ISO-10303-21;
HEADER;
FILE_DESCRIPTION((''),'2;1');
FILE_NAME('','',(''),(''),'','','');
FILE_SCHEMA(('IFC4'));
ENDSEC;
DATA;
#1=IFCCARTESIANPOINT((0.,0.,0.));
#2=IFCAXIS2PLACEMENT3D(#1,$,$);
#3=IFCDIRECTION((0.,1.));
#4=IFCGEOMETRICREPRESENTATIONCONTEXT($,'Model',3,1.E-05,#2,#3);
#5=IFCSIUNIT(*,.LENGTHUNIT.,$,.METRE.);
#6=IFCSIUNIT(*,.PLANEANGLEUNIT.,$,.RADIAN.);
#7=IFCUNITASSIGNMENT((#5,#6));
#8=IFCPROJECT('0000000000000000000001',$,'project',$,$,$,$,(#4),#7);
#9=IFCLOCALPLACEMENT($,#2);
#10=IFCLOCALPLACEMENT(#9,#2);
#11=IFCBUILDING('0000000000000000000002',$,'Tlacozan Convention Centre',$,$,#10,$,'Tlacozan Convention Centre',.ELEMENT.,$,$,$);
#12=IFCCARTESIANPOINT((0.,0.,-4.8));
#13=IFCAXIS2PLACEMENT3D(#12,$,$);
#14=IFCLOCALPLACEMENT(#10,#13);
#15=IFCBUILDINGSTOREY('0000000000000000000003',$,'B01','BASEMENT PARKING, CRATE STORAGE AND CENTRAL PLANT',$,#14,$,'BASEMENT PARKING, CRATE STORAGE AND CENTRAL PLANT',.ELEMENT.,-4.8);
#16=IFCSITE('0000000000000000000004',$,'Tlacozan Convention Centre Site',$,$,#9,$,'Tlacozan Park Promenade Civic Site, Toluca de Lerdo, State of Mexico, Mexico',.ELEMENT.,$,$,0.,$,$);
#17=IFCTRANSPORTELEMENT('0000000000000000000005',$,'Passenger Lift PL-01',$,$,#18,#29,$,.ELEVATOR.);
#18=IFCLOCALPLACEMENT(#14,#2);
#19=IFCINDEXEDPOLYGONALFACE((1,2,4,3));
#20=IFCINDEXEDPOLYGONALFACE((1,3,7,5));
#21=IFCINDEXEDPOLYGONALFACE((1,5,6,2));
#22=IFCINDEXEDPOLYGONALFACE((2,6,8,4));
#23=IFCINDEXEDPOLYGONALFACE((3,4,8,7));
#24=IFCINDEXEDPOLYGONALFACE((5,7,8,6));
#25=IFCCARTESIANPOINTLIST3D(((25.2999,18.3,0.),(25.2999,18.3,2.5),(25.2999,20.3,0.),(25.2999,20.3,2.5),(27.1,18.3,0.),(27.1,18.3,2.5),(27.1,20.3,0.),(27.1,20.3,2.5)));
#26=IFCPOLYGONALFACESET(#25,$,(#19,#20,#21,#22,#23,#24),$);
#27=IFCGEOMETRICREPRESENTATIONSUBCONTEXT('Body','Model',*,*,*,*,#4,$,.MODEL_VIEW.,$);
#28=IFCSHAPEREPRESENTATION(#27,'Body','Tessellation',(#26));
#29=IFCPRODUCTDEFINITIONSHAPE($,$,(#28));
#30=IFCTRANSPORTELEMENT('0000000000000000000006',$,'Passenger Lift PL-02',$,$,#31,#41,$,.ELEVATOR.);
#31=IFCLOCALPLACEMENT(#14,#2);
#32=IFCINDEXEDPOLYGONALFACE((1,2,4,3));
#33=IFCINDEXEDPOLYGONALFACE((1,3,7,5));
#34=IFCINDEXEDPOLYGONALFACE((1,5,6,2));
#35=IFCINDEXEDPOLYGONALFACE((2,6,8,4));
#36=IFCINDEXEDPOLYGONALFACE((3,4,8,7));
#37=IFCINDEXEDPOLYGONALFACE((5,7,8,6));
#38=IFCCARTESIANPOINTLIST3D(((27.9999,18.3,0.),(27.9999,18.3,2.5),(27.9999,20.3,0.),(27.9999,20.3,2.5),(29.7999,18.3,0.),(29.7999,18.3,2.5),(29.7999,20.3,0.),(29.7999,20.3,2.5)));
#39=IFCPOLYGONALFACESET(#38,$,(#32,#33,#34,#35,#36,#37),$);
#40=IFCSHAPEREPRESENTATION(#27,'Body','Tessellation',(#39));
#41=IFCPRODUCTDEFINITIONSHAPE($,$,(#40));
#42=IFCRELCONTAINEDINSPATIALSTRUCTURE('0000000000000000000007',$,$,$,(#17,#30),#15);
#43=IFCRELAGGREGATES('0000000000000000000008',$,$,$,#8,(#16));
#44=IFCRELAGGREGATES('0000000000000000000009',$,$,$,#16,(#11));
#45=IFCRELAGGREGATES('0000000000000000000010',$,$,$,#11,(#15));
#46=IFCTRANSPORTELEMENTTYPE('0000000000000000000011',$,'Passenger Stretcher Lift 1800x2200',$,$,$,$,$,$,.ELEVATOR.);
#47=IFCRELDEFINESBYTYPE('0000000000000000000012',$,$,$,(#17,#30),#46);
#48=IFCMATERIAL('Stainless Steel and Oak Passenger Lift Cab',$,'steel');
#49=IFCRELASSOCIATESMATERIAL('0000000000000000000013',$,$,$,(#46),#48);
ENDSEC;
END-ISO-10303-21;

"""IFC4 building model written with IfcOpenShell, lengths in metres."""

from ifc_helpers import new_model, si_unit, direction, frame, origin, origin_2d, place, context, subcontext, project, spatial, rectangle, extrude, material, type_object, element, save


model = new_model("IFC4")

# Units and contexts
model_context = context("Model", 3, precision=1e-05, world=origin(), true_north=direction((0.0, 1.0)))
body_context = subcontext(model_context, "Body", "Model", "MODEL_VIEW")
ifc_project = project(units=[si_unit("LENGTHUNIT", "METRE"), si_unit("PLANEANGLEUNIT", "RADIAN")], contexts=[model_context])

# Site, building, storey
site_placement = place(None, origin())
site = spatial("IfcSite", under=ifc_project, at=site_placement, Name="Tlacozan Convention Centre Site", LongName="Tlacozan Park Promenade Civic Site, Toluca de Lerdo, State of Mexico, Mexico", CompositionType="ELEMENT", RefElevation=0.0)
building_placement = place(site_placement, origin())
building = spatial("IfcBuilding", under=site, at=building_placement, Name="Tlacozan Convention Centre", LongName="Tlacozan Convention Centre", CompositionType="ELEMENT")
storey_placement = place(building_placement, frame((0.0, 0.0, -4.8)))
storey = spatial("IfcBuildingStorey", under=building, at=storey_placement, Name="B01", Description="BASEMENT PARKING, CRATE STORAGE AND CENTRAL PLANT", LongName="BASEMENT PARKING, CRATE STORAGE AND CENTRAL PLANT", CompositionType="ELEMENT", Elevation=-4.8)

# Transport elements
ifc_material_1 = material(Name="Stainless Steel and Oak Passenger Lift Cab", Category="steel")
transport_element_type = type_object("IfcTransportElementType", Name="Passenger Stretcher Lift 1800x2200", PredefinedType="ELEVATOR", material=ifc_material_1)
for number, where, z_axis, x_axis, name in (
    (1, (26.2, 19.3, 0.0), (0.0, 0.0, 1.0), (1.0, 0.0, 0.0), "Passenger Lift PL-01"),
    (2, (28.8999, 19.3, 0.0), (0.0, 0.0, 1.0), (1.0, 0.0, 0.0), "Passenger Lift PL-02"),
):
    element("IfcTransportElement", number, at=place(storey_placement, frame(where, z_axis=z_axis, x_axis=x_axis)), inside=storey, type_object=transport_element_type, Name=name, PredefinedType="ELEVATOR", context=body_context, shape_type="SweptSolid", body=[
        extrude(rectangle(XDim=1.8, YDim=2.0, at=origin_2d()), origin(), (0.0, 0.0, 1.0), 2.5),
    ])

save(model, "model.ifc")
